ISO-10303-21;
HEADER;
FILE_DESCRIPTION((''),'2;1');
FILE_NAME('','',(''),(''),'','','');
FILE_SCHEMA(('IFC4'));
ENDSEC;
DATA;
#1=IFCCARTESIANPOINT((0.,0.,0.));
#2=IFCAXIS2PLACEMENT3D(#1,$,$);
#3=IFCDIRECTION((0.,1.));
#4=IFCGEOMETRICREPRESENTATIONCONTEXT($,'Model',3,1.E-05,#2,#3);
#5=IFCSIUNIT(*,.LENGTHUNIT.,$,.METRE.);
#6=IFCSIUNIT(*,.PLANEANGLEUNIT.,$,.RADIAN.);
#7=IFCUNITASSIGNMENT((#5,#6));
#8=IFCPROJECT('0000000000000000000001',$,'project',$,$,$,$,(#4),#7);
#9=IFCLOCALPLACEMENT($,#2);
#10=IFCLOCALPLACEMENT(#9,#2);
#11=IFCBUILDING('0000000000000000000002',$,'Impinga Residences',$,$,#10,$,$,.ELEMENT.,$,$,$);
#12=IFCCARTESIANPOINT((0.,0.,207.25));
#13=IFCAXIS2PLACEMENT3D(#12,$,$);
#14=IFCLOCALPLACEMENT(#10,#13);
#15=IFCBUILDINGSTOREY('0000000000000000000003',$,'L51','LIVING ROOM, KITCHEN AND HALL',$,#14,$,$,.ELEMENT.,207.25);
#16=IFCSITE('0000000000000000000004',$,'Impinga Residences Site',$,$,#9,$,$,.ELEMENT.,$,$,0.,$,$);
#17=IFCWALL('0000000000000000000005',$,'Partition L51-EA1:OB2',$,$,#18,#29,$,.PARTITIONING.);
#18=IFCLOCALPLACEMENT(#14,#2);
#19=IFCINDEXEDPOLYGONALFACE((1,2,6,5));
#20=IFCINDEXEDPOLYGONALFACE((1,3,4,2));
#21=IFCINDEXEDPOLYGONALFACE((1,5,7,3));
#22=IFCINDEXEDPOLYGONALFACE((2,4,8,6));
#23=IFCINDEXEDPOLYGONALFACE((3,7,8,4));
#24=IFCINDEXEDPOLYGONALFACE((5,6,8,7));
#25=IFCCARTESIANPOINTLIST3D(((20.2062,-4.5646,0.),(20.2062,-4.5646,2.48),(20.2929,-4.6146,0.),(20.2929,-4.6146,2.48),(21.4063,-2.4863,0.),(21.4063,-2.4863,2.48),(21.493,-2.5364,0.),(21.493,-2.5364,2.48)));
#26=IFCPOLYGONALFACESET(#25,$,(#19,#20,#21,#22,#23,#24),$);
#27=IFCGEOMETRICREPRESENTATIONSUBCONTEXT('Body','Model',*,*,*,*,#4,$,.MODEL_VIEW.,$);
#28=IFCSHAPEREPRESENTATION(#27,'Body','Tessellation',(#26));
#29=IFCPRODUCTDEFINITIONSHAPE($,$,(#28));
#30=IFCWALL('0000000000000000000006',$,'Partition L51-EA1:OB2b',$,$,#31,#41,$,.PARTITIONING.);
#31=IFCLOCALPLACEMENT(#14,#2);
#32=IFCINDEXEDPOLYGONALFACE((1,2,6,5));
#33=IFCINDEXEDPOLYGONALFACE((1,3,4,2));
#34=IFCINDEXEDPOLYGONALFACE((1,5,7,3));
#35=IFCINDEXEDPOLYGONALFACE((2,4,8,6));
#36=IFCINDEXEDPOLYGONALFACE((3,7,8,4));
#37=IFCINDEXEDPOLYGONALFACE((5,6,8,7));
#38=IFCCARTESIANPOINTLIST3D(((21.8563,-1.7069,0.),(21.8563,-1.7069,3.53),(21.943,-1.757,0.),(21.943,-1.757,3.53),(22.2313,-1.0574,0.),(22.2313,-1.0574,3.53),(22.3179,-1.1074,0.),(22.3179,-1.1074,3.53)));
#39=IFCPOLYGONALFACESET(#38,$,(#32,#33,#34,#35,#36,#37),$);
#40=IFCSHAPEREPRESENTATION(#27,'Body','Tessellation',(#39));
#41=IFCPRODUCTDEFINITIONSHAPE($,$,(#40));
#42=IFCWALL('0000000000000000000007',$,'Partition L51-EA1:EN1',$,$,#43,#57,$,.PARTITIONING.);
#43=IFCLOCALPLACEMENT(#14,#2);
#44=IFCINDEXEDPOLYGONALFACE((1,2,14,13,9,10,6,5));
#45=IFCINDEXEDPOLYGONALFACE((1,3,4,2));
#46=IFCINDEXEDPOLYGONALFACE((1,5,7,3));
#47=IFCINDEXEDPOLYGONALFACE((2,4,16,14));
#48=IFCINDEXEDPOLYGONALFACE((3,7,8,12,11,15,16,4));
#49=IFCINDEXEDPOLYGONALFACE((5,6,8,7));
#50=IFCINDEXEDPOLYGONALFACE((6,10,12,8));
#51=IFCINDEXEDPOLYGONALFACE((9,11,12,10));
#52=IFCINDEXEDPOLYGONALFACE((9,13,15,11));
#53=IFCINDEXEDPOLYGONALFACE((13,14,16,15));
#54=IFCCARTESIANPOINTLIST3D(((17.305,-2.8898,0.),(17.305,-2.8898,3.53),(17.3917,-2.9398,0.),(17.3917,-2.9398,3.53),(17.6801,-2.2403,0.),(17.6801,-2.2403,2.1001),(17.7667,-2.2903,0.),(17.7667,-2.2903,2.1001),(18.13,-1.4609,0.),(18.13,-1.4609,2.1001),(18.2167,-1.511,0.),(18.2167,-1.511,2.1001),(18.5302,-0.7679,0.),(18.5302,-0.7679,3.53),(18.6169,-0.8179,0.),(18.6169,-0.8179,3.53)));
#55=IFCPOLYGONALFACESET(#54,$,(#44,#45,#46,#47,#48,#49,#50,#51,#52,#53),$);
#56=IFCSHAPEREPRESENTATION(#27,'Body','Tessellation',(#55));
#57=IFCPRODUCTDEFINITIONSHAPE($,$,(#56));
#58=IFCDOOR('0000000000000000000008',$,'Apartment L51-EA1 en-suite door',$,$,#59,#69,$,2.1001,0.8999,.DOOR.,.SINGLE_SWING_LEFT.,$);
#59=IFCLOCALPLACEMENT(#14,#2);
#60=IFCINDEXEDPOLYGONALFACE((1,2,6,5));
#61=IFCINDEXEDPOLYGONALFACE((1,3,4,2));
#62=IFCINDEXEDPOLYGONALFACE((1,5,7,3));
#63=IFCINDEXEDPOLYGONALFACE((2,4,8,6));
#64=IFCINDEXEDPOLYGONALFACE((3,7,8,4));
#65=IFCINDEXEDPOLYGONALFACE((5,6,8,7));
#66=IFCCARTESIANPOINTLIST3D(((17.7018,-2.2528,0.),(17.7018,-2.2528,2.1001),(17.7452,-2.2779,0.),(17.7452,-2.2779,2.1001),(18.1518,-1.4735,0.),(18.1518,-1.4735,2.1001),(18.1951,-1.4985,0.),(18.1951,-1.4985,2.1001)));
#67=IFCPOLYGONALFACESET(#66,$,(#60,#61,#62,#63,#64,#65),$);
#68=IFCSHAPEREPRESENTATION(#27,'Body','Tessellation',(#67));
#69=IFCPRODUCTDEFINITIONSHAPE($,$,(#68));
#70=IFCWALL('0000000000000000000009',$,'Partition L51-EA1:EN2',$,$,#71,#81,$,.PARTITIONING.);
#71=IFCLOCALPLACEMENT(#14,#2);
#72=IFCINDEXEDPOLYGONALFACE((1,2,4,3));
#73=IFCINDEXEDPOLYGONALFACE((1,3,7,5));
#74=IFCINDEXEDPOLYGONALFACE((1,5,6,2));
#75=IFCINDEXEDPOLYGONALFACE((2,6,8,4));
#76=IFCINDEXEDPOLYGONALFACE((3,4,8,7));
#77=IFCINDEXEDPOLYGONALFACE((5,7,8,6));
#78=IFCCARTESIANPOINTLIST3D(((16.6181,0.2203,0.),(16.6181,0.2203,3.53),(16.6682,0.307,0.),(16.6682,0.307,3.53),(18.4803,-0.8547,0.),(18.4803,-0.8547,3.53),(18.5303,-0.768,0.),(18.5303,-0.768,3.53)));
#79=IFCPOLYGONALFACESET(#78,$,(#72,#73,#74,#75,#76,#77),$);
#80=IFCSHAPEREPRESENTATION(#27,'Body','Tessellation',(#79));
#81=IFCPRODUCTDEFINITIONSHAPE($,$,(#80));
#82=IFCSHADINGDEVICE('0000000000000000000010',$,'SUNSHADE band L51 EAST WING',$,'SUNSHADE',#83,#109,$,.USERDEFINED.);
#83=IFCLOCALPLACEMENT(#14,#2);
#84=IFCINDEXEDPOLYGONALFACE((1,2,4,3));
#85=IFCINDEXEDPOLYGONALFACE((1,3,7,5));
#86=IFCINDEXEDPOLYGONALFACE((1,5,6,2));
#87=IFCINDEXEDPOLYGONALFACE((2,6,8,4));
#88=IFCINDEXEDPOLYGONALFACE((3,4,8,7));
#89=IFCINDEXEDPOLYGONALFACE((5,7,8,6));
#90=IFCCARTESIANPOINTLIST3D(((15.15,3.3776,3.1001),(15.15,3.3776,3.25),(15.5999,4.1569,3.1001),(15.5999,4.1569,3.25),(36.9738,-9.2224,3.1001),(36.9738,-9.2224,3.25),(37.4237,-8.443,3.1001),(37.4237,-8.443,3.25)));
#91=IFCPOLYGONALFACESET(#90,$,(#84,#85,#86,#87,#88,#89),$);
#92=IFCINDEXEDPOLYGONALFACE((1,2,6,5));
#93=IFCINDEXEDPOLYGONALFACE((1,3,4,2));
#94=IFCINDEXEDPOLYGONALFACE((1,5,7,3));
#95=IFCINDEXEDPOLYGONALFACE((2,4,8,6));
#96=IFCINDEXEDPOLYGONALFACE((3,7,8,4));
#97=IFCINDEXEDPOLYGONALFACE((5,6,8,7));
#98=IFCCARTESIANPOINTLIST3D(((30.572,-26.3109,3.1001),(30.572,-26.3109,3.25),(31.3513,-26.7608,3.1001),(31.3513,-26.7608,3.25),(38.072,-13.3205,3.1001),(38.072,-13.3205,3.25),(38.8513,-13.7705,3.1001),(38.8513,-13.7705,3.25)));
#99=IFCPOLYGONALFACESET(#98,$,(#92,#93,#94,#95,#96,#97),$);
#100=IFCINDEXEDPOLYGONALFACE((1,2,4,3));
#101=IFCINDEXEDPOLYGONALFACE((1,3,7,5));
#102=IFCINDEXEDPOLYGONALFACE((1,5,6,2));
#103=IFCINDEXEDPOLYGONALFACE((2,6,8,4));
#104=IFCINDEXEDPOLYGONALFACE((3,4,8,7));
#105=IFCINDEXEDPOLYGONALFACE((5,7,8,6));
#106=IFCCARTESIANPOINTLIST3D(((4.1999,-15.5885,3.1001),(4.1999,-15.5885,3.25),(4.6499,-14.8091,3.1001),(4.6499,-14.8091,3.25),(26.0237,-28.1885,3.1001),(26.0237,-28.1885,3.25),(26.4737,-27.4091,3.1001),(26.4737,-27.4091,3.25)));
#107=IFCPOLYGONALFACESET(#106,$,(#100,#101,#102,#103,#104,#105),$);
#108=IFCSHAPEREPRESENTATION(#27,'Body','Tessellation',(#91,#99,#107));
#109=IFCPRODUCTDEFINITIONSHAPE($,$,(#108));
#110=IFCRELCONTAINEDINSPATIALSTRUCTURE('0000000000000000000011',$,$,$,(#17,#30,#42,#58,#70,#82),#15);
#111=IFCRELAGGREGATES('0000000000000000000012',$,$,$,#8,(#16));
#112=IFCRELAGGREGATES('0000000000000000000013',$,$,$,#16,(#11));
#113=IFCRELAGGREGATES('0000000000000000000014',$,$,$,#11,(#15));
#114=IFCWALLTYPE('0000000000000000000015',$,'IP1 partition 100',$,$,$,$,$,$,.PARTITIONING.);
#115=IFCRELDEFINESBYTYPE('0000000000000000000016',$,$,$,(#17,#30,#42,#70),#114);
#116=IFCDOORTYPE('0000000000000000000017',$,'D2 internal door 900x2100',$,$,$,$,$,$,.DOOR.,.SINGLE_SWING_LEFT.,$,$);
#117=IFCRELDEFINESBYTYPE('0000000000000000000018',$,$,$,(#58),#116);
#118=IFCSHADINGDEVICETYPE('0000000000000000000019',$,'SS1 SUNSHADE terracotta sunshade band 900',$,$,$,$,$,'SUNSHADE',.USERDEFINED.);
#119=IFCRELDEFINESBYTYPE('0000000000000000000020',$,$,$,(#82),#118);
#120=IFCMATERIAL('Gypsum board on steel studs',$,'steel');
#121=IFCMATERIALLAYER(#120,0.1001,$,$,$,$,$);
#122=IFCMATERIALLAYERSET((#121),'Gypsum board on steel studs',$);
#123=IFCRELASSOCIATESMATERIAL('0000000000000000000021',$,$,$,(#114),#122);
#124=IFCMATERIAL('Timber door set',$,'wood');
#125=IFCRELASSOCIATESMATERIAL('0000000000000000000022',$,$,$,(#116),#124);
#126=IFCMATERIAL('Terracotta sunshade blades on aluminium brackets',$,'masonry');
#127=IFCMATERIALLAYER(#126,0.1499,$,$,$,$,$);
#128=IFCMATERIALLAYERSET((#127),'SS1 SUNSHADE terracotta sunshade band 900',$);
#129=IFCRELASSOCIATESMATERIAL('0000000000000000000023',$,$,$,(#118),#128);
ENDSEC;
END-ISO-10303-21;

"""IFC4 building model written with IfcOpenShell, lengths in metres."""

from ifc_helpers import new_model, si_unit, direction, frame, frame_2d, origin, origin_2d, place, context, subcontext, project, spatial, rectangle, extrude, material, layer, layer_set, type_object, element, fill, save


model = new_model("IFC4")

# Units and contexts
model_context = context("Model", 3, precision=1e-05, world=origin(), true_north=direction((0.0, 1.0)))
body_context = subcontext(model_context, "Body", "Model", "MODEL_VIEW")
ifc_project = project(units=[si_unit("LENGTHUNIT", "METRE"), si_unit("PLANEANGLEUNIT", "RADIAN")], contexts=[model_context])

# Site, building, storey
site_placement = place(None, origin())
site = spatial("IfcSite", under=ifc_project, at=site_placement, Name="Impinga Residences Site", CompositionType="ELEMENT", RefElevation=0.0)
building_placement = place(site_placement, origin())
building = spatial("IfcBuilding", under=site, at=building_placement, Name="Impinga Residences", CompositionType="ELEMENT")
storey_placement = place(building_placement, frame((0.0, 0.0, 207.25)))
storey = spatial("IfcBuildingStorey", under=building, at=storey_placement, Name="L51", Description="LIVING ROOM, KITCHEN AND HALL", CompositionType="ELEMENT", Elevation=207.25)

# Walls
ifc_material_1 = material(Name="Gypsum board on steel studs", Category="steel")
ifc_layer_1 = layer(ifc_material_1, 0.1001)
ifc_layer_set_1 = layer_set([ifc_layer_1], Name="Gypsum board on steel studs")
wall_type_1 = type_object("IfcWallType", Name="IP1 partition 100", PredefinedType="PARTITIONING", material=ifc_layer_set_1)
wall_1_placement = place(storey_placement, frame((20.2495, -4.5896, 0.0), z_axis=(0.0, 0.0, 1.0), x_axis=(0.500078, 0.865981, 0.0)))
element("IfcWall", 1, at=wall_1_placement, inside=storey, type_object=wall_type_1, Name="Partition L51-EA1:OB2", PredefinedType="PARTITIONING", context=body_context, shape_type="SweptSolid", body=[
    extrude(rectangle(XDim=2.3999, YDim=0.1001, at=frame_2d((1.2, 0.0))), origin(), (0.0, 0.0, 1.0), 2.48),
])
wall_2_placement = place(storey_placement, frame((21.8997, -1.7319, 0.0), z_axis=(0.0, 0.0, 1.0), x_axis=(0.49992, 0.866072, 0.0)))
element("IfcWall", 2, at=wall_2_placement, inside=storey, type_object=wall_type_1, Name="Partition L51-EA1:OB2b", PredefinedType="PARTITIONING", context=body_context, shape_type="SweptSolid", body=[
    extrude(rectangle(XDim=0.75, YDim=0.1001, at=frame_2d((0.375, 0.0))), origin(), (0.0, 0.0, 1.0), 3.53),
])

# Wall, opening, door
wall_3_placement = place(storey_placement, frame((17.3484, -2.9148, 0.0), z_axis=(0.0, 0.0, 1.0), x_axis=(0.500019, 0.866015, 0.0)))
wall_3 = element("IfcWall", 3, at=wall_3_placement, inside=storey, type_object=wall_type_1, Name="Partition L51-EA1:EN1", PredefinedType="PARTITIONING", context=body_context, shape_type="SweptSolid", body=[
    extrude(rectangle(XDim=2.4502, YDim=0.1001, at=frame_2d((1.2251, 0.0))), origin(), (0.0, 0.0, 1.0), 3.53),
])
opening_1_placement = place(wall_3_placement, frame((0.75, 0.0, 0.0)))
opening_1 = element("IfcOpeningElement", 4, at=opening_1_placement, cuts=wall_3, PredefinedType="OPENING", context=body_context, shape_type="SweptSolid", body=[
    extrude(rectangle(XDim=0.8999, YDim=2.1001, at=frame_2d((0.45, 1.05))), frame((0.0, 0.0601, 0.0), z_axis=(0.0, -1.0, 0.0), x_axis=(1.0, 0.0, 0.0)), (0.0, 0.0, 1.0), 0.1201),
])
ifc_material_2 = material(Name="Timber door set", Category="wood")
door_type = type_object("IfcDoorType", Name="D2 internal door 900x2100", OperationType="SINGLE_SWING_LEFT", PredefinedType="DOOR", material=ifc_material_2)
door_placement = place(opening_1_placement, origin())
door = element("IfcDoor", 5, at=door_placement, inside=storey, type_object=door_type, Name="Apartment L51-EA1 en-suite door", OperationType="SINGLE_SWING_LEFT", OverallHeight=2.1001, OverallWidth=0.8999, PredefinedType="DOOR", context=body_context, shape_type="SweptSolid", body=[
    extrude(rectangle(XDim=0.8999, YDim=2.1001, at=frame_2d((0.45, 1.05))), frame((0.0, 0.0249, 0.0), z_axis=(0.0, -1.0, 0.0), x_axis=(1.0, 0.0, 0.0)), (0.0, 0.0, 1.0), 0.05),
])
fill(opening_1, door)

# Wall
wall_4_placement = place(storey_placement, frame((16.6431, 0.2637, 0.0), z_axis=(0.0, 0.0, 1.0), x_axis=(0.866048, -0.499962, 0.0)))
element("IfcWall", 6, at=wall_4_placement, inside=storey, type_object=wall_type_1, Name="Partition L51-EA1:EN2", PredefinedType="PARTITIONING", context=body_context, shape_type="SweptSolid", body=[
    extrude(rectangle(XDim=2.1501, YDim=0.1001, at=frame_2d((1.0752, 0.0))), origin(), (0.0, 0.0, 1.0), 3.53),
])

# Shading device
ifc_material_3 = material(Name="Terracotta sunshade blades on aluminium brackets", Category="masonry")
ifc_layer_2 = layer(ifc_material_3, 0.1499)
ifc_layer_set_2 = layer_set([ifc_layer_2], Name="SS1 SUNSHADE terracotta sunshade band 900")
shading_device_type = type_object("IfcShadingDeviceType", Name="SS1 SUNSHADE terracotta sunshade band 900", ElementType="SUNSHADE", PredefinedType="USERDEFINED", material=ifc_layer_set_2)
shading_device_placement = place(storey_placement, frame((26.2869, -2.5327, 3.1001), z_axis=(0.0, 0.0, 1.0), x_axis=(0.866025, -0.5, 0.0)))
element("IfcShadingDevice", 7, at=shading_device_placement, inside=storey, type_object=shading_device_type, Name="SUNSHADE band L51 EAST WING", ObjectType="SUNSHADE", PredefinedType="USERDEFINED", context=body_context, shape_type="SweptSolid", body=[
    extrude(rectangle(XDim=25.2, YDim=0.8999, at=origin_2d()), origin(), (0.0, 0.0, 1.0), 0.1499),
    extrude(rectangle(XDim=15.0, YDim=0.8999, at=origin_2d()), frame((16.05, -10.95, 0.0), z_axis=(0.0, 0.0, 1.0), x_axis=(0.0, -1.0, 0.0)), (0.0, 0.0, 1.0), 0.1499),
    extrude(rectangle(XDim=25.2, YDim=0.8999, at=origin_2d()), frame((0.0, -21.9001, 0.0), z_axis=(0.0, 0.0, 1.0), x_axis=(-1.0, 0.0, 0.0)), (0.0, 0.0, 1.0), 0.1499),
])

save(model, "model.ifc")
